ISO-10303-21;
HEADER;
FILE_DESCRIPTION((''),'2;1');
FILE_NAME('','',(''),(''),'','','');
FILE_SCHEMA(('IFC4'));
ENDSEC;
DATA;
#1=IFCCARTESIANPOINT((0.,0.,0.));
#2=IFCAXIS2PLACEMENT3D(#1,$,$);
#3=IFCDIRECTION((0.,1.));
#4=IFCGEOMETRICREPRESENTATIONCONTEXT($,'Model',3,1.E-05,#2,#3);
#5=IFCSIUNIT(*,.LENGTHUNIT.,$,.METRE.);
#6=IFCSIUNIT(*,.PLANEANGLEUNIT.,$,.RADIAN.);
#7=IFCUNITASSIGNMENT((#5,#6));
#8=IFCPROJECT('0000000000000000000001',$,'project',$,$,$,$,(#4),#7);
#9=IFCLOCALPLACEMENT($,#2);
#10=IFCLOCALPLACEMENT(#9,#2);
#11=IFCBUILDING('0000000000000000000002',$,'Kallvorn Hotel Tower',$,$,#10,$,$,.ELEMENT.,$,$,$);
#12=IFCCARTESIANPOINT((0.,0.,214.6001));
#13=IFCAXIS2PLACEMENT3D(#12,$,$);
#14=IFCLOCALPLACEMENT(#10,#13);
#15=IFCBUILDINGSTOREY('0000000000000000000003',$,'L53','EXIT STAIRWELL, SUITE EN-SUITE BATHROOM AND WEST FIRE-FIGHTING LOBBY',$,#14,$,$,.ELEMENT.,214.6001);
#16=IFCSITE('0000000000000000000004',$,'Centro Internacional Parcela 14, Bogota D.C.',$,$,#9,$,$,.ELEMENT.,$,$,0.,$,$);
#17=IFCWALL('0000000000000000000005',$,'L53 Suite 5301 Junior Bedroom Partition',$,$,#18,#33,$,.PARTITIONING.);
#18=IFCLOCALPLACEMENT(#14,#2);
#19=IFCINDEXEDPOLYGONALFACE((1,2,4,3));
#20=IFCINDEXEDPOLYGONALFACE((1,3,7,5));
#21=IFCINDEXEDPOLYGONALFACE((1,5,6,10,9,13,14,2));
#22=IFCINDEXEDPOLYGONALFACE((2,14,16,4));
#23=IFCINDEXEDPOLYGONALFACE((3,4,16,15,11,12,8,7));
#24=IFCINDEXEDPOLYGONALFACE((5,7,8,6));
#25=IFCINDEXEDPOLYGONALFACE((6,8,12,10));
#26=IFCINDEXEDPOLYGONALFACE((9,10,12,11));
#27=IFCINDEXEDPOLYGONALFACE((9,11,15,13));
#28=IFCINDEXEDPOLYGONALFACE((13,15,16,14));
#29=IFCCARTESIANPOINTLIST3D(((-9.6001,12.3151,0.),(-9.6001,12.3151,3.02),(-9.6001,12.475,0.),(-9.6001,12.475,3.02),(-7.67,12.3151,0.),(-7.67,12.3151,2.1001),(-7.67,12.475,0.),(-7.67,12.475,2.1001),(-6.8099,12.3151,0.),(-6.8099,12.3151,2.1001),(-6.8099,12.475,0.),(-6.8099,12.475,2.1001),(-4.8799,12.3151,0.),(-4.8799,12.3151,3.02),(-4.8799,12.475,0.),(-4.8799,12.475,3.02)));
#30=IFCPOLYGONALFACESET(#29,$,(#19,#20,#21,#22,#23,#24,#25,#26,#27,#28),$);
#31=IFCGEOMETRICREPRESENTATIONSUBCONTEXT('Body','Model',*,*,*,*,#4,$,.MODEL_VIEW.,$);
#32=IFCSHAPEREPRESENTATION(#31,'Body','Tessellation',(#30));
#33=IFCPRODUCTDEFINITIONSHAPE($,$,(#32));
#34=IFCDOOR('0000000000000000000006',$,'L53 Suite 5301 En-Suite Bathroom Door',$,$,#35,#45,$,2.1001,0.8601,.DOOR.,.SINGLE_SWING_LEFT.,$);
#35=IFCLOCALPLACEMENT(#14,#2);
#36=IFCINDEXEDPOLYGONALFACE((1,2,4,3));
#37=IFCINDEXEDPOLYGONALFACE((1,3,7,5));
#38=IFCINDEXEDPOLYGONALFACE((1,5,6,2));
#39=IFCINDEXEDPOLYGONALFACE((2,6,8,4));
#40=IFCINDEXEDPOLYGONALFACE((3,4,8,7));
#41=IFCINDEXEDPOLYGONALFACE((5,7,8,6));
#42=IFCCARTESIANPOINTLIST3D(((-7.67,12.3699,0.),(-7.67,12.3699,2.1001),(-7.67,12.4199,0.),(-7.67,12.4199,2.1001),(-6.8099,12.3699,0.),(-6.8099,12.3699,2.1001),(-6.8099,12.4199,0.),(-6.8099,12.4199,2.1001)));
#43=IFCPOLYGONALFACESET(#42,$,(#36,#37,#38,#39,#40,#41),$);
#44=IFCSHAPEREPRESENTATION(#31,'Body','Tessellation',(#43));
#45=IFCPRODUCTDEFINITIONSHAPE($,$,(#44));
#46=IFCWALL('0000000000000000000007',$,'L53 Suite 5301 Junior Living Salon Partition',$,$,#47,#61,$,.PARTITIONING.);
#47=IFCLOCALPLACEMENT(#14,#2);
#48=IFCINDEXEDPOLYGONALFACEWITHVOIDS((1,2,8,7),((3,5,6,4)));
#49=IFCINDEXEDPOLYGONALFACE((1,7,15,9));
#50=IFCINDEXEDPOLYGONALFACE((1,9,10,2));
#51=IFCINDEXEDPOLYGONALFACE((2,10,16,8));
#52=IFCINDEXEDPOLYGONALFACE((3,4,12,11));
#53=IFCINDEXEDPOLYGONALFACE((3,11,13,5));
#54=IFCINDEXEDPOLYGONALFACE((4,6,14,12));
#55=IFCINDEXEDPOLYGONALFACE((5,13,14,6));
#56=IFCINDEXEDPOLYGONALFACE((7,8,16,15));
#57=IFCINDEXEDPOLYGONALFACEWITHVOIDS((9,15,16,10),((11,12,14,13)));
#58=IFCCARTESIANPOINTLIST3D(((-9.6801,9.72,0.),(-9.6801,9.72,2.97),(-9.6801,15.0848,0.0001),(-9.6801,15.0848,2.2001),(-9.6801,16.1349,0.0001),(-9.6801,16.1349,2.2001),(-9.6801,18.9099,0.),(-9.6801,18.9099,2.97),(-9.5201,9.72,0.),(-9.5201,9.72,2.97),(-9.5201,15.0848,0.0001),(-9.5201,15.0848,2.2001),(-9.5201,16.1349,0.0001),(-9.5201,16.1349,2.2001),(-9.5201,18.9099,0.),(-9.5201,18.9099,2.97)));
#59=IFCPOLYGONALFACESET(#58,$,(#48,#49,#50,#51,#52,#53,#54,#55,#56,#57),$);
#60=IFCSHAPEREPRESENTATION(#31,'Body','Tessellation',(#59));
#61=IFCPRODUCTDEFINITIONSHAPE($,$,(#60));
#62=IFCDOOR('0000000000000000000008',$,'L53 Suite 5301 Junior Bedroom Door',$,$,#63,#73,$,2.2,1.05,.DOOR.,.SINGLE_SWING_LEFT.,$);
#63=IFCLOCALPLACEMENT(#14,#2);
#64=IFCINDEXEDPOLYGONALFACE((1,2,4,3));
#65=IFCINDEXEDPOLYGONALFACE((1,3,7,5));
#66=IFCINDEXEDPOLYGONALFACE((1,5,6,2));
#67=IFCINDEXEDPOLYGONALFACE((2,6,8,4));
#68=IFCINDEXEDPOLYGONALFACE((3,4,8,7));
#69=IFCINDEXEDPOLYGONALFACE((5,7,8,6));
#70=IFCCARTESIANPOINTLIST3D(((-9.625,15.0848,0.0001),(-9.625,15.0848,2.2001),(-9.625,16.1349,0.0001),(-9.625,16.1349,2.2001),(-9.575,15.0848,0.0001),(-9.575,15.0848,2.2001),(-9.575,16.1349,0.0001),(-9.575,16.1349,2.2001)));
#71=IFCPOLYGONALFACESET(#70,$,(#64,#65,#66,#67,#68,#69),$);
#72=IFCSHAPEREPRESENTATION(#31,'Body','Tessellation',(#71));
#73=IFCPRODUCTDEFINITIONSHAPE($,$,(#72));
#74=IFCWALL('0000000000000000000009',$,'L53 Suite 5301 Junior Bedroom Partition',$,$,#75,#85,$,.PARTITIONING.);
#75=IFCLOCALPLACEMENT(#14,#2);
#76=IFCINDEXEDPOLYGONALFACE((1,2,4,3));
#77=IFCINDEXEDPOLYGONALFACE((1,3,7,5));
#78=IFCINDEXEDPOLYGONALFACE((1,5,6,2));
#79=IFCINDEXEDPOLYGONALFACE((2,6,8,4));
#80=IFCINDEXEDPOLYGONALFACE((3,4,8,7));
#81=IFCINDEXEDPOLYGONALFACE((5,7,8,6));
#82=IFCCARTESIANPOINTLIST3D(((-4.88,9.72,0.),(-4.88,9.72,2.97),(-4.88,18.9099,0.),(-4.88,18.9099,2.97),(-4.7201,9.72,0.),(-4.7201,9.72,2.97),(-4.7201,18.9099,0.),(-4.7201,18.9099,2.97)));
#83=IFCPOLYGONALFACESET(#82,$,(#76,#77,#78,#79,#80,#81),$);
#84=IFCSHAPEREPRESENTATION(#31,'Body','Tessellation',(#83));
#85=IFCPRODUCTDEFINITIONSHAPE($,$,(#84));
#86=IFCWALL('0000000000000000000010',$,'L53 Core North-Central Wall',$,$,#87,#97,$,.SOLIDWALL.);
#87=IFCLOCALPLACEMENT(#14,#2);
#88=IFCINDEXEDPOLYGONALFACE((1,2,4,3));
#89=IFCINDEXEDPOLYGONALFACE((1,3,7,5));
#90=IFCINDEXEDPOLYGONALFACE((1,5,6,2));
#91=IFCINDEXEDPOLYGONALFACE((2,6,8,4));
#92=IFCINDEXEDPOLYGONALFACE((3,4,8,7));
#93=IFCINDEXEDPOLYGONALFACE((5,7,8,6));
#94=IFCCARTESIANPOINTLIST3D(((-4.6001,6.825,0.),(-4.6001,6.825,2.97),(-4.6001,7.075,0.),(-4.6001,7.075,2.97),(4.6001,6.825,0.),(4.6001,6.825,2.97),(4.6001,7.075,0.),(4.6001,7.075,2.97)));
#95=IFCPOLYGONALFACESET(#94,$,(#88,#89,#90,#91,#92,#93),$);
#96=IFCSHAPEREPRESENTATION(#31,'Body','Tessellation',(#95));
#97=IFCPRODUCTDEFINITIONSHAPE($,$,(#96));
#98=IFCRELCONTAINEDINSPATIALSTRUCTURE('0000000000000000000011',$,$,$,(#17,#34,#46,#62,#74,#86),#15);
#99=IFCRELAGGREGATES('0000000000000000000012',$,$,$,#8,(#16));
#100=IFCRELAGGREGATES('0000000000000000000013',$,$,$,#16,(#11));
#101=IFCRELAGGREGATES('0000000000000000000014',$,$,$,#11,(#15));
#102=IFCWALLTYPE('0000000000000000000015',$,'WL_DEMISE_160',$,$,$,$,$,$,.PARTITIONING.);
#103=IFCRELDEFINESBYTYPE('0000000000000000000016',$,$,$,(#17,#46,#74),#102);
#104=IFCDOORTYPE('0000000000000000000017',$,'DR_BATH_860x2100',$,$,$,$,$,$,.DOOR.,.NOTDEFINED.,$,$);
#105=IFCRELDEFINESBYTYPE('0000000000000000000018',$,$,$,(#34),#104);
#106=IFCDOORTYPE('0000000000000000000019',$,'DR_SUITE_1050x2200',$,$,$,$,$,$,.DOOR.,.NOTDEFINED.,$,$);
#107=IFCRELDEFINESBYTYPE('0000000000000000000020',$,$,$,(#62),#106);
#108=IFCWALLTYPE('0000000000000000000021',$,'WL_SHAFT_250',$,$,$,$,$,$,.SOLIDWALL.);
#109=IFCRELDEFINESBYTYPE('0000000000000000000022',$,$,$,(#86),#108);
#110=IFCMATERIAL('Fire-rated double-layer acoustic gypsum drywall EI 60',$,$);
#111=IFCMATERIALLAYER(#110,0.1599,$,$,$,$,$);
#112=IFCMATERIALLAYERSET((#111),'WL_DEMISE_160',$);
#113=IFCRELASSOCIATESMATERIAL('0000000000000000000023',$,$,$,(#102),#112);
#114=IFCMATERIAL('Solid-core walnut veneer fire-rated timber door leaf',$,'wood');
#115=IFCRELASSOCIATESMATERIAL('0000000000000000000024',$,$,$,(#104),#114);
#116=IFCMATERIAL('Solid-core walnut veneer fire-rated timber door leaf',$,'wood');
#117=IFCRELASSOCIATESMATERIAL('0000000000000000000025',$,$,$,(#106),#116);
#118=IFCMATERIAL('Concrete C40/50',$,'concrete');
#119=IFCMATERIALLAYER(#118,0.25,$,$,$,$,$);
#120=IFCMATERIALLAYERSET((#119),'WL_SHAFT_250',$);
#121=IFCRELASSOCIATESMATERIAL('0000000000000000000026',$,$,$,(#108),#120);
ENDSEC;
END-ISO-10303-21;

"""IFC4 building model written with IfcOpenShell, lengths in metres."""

from ifc_helpers import new_model, si_unit, direction, frame, frame_2d, origin, place, context, subcontext, project, spatial, rectangle, extrude, material, layer, layer_set, type_object, element, fill, save


model = new_model("IFC4")

# Units and contexts
model_context = context("Model", 3, precision=1e-05, world=origin(), true_north=direction((0.0, 1.0)))
body_context = subcontext(model_context, "Body", "Model", "MODEL_VIEW")
ifc_project = project(units=[si_unit("LENGTHUNIT", "METRE"), si_unit("PLANEANGLEUNIT", "RADIAN")], contexts=[model_context])

# Site, building, storey
site_placement = place(None, origin())
site = spatial("IfcSite", under=ifc_project, at=site_placement, Name="Centro Internacional Parcela 14, Bogota D.C.", CompositionType="ELEMENT", RefElevation=0.0)
building_placement = place(site_placement, origin())
building = spatial("IfcBuilding", under=site, at=building_placement, Name="Kallvorn Hotel Tower", CompositionType="ELEMENT")
storey_placement = place(building_placement, frame((0.0, 0.0, 214.6001)))
storey = spatial("IfcBuildingStorey", under=building, at=storey_placement, Name="L53", Description="EXIT STAIRWELL, SUITE EN-SUITE BATHROOM AND WEST FIRE-FIGHTING LOBBY", CompositionType="ELEMENT", Elevation=214.6001)

# Walls, openings, doors
ifc_material_1 = material(Name="Fire-rated double-layer acoustic gypsum drywall EI 60")
ifc_layer_1 = layer(ifc_material_1, 0.1599)
ifc_layer_set_1 = layer_set([ifc_layer_1], Name="WL_DEMISE_160")
wall_type_1 = type_object("IfcWallType", Name="WL_DEMISE_160", PredefinedType="PARTITIONING", material=ifc_layer_set_1)
wall_1_placement = place(storey_placement, frame((-9.6001, 12.395, 0.0), z_axis=(0.0, 0.0, 1.0), x_axis=(1.0, 0.0, 0.0)))
wall_1 = element("IfcWall", 1, at=wall_1_placement, inside=storey, type_object=wall_type_1, Name="L53 Suite 5301 Junior Bedroom Partition", PredefinedType="PARTITIONING", context=body_context, shape_type="SweptSolid", body=[
    extrude(rectangle(XDim=4.7202, YDim=0.1599, at=frame_2d((2.3601, 0.0))), origin(), (0.0, 0.0, 1.0), 3.02),
])
opening_1_placement = place(wall_1_placement, frame((1.9299, 0.0, 0.0)))
opening_1 = element("IfcOpeningElement", 2, at=opening_1_placement, cuts=wall_1, PredefinedType="OPENING", context=body_context, shape_type="SweptSolid", body=[
    extrude(rectangle(XDim=0.8601, YDim=2.1001, at=frame_2d((0.4302, 1.05))), frame((0.0, 0.095, 0.0), z_axis=(0.0, -1.0, 0.0), x_axis=(1.0, 0.0, 0.0)), (0.0, 0.0, 1.0), 0.1899),
])
ifc_material_2 = material(Name="Solid-core walnut veneer fire-rated timber door leaf", Category="wood")
door_type_1 = type_object("IfcDoorType", Name="DR_BATH_860x2100", OperationType="NOTDEFINED", PredefinedType="DOOR", material=ifc_material_2)
door_1_placement = place(opening_1_placement, origin())
door_1 = element("IfcDoor", 3, at=door_1_placement, inside=storey, type_object=door_type_1, Name="L53 Suite 5301 En-Suite Bathroom Door", OperationType="SINGLE_SWING_LEFT", OverallHeight=2.1001, OverallWidth=0.8601, PredefinedType="DOOR", context=body_context, shape_type="SweptSolid", body=[
    extrude(rectangle(XDim=0.8601, YDim=2.1001, at=frame_2d((0.4302, 1.05))), frame((0.0, 0.0249, 0.0), z_axis=(0.0, -1.0, 0.0), x_axis=(1.0, 0.0, 0.0)), (0.0, 0.0, 1.0), 0.05),
])
fill(opening_1, door_1)
wall_2_placement = place(storey_placement, frame((-9.6001, 9.72, 0.0), z_axis=(0.0, 0.0, 1.0), x_axis=(0.0, 1.0, 0.0)))
wall_2 = element("IfcWall", 4, at=wall_2_placement, inside=storey, type_object=wall_type_1, Name="L53 Suite 5301 Junior Living Salon Partition", PredefinedType="PARTITIONING", context=body_context, shape_type="SweptSolid", body=[
    extrude(rectangle(XDim=9.1899, YDim=0.1599, at=frame_2d((4.595, 0.0))), origin(), (0.0, 0.0, 1.0), 2.97),
])
opening_2_placement = place(wall_2_placement, frame((5.365, 0.0, 0.0)))
opening_2 = element("IfcOpeningElement", 5, at=opening_2_placement, cuts=wall_2, PredefinedType="OPENING", context=body_context, shape_type="SweptSolid", body=[
    extrude(rectangle(XDim=1.05, YDim=2.2, at=frame_2d((0.5249, 1.1001))), frame((0.0, 0.095, 0.0), z_axis=(0.0, -1.0, 0.0), x_axis=(1.0, 0.0, 0.0)), (0.0, 0.0, 1.0), 0.1899),
])
ifc_material_3 = material(Name="Solid-core walnut veneer fire-rated timber door leaf", Category="wood")
door_type_2 = type_object("IfcDoorType", Name="DR_SUITE_1050x2200", OperationType="NOTDEFINED", PredefinedType="DOOR", material=ifc_material_3)
door_2_placement = place(opening_2_placement, origin())
door_2 = element("IfcDoor", 6, at=door_2_placement, inside=storey, type_object=door_type_2, Name="L53 Suite 5301 Junior Bedroom Door", OperationType="SINGLE_SWING_LEFT", OverallHeight=2.2, OverallWidth=1.05, PredefinedType="DOOR", context=body_context, shape_type="SweptSolid", body=[
    extrude(rectangle(XDim=1.05, YDim=2.2, at=frame_2d((0.5249, 1.1001))), frame((0.0, 0.0249, 0.0), z_axis=(0.0, -1.0, 0.0), x_axis=(1.0, 0.0, 0.0)), (0.0, 0.0, 1.0), 0.05),
])
fill(opening_2, door_2)

# Walls
wall_3_placement = place(storey_placement, frame((-4.8, 9.72, 0.0), z_axis=(0.0, 0.0, 1.0), x_axis=(0.0, 1.0, 0.0)))
element("IfcWall", 7, at=wall_3_placement, inside=storey, type_object=wall_type_1, Name="L53 Suite 5301 Junior Bedroom Partition", PredefinedType="PARTITIONING", context=body_context, shape_type="SweptSolid", body=[
    extrude(rectangle(XDim=9.1899, YDim=0.1599, at=frame_2d((4.595, 0.0))), origin(), (0.0, 0.0, 1.0), 2.97),
])
ifc_material_4 = material(Name="Concrete C40/50", Category="concrete")
ifc_layer_2 = layer(ifc_material_4, 0.25)
ifc_layer_set_2 = layer_set([ifc_layer_2], Name="WL_SHAFT_250")
wall_type_2 = type_object("IfcWallType", Name="WL_SHAFT_250", PredefinedType="SOLIDWALL", material=ifc_layer_set_2)
wall_4_placement = place(storey_placement, frame((-4.6001, 6.95, 0.0), z_axis=(0.0, 0.0, 1.0), x_axis=(1.0, 0.0, 0.0)))
element("IfcWall", 8, at=wall_4_placement, inside=storey, type_object=wall_type_2, Name="L53 Core North-Central Wall", PredefinedType="SOLIDWALL", context=body_context, shape_type="SweptSolid", body=[
    extrude(rectangle(XDim=9.2002, YDim=0.25, at=frame_2d((4.6001, 0.0))), origin(), (0.0, 0.0, 1.0), 2.97),
])

save(model, "model.ifc")
